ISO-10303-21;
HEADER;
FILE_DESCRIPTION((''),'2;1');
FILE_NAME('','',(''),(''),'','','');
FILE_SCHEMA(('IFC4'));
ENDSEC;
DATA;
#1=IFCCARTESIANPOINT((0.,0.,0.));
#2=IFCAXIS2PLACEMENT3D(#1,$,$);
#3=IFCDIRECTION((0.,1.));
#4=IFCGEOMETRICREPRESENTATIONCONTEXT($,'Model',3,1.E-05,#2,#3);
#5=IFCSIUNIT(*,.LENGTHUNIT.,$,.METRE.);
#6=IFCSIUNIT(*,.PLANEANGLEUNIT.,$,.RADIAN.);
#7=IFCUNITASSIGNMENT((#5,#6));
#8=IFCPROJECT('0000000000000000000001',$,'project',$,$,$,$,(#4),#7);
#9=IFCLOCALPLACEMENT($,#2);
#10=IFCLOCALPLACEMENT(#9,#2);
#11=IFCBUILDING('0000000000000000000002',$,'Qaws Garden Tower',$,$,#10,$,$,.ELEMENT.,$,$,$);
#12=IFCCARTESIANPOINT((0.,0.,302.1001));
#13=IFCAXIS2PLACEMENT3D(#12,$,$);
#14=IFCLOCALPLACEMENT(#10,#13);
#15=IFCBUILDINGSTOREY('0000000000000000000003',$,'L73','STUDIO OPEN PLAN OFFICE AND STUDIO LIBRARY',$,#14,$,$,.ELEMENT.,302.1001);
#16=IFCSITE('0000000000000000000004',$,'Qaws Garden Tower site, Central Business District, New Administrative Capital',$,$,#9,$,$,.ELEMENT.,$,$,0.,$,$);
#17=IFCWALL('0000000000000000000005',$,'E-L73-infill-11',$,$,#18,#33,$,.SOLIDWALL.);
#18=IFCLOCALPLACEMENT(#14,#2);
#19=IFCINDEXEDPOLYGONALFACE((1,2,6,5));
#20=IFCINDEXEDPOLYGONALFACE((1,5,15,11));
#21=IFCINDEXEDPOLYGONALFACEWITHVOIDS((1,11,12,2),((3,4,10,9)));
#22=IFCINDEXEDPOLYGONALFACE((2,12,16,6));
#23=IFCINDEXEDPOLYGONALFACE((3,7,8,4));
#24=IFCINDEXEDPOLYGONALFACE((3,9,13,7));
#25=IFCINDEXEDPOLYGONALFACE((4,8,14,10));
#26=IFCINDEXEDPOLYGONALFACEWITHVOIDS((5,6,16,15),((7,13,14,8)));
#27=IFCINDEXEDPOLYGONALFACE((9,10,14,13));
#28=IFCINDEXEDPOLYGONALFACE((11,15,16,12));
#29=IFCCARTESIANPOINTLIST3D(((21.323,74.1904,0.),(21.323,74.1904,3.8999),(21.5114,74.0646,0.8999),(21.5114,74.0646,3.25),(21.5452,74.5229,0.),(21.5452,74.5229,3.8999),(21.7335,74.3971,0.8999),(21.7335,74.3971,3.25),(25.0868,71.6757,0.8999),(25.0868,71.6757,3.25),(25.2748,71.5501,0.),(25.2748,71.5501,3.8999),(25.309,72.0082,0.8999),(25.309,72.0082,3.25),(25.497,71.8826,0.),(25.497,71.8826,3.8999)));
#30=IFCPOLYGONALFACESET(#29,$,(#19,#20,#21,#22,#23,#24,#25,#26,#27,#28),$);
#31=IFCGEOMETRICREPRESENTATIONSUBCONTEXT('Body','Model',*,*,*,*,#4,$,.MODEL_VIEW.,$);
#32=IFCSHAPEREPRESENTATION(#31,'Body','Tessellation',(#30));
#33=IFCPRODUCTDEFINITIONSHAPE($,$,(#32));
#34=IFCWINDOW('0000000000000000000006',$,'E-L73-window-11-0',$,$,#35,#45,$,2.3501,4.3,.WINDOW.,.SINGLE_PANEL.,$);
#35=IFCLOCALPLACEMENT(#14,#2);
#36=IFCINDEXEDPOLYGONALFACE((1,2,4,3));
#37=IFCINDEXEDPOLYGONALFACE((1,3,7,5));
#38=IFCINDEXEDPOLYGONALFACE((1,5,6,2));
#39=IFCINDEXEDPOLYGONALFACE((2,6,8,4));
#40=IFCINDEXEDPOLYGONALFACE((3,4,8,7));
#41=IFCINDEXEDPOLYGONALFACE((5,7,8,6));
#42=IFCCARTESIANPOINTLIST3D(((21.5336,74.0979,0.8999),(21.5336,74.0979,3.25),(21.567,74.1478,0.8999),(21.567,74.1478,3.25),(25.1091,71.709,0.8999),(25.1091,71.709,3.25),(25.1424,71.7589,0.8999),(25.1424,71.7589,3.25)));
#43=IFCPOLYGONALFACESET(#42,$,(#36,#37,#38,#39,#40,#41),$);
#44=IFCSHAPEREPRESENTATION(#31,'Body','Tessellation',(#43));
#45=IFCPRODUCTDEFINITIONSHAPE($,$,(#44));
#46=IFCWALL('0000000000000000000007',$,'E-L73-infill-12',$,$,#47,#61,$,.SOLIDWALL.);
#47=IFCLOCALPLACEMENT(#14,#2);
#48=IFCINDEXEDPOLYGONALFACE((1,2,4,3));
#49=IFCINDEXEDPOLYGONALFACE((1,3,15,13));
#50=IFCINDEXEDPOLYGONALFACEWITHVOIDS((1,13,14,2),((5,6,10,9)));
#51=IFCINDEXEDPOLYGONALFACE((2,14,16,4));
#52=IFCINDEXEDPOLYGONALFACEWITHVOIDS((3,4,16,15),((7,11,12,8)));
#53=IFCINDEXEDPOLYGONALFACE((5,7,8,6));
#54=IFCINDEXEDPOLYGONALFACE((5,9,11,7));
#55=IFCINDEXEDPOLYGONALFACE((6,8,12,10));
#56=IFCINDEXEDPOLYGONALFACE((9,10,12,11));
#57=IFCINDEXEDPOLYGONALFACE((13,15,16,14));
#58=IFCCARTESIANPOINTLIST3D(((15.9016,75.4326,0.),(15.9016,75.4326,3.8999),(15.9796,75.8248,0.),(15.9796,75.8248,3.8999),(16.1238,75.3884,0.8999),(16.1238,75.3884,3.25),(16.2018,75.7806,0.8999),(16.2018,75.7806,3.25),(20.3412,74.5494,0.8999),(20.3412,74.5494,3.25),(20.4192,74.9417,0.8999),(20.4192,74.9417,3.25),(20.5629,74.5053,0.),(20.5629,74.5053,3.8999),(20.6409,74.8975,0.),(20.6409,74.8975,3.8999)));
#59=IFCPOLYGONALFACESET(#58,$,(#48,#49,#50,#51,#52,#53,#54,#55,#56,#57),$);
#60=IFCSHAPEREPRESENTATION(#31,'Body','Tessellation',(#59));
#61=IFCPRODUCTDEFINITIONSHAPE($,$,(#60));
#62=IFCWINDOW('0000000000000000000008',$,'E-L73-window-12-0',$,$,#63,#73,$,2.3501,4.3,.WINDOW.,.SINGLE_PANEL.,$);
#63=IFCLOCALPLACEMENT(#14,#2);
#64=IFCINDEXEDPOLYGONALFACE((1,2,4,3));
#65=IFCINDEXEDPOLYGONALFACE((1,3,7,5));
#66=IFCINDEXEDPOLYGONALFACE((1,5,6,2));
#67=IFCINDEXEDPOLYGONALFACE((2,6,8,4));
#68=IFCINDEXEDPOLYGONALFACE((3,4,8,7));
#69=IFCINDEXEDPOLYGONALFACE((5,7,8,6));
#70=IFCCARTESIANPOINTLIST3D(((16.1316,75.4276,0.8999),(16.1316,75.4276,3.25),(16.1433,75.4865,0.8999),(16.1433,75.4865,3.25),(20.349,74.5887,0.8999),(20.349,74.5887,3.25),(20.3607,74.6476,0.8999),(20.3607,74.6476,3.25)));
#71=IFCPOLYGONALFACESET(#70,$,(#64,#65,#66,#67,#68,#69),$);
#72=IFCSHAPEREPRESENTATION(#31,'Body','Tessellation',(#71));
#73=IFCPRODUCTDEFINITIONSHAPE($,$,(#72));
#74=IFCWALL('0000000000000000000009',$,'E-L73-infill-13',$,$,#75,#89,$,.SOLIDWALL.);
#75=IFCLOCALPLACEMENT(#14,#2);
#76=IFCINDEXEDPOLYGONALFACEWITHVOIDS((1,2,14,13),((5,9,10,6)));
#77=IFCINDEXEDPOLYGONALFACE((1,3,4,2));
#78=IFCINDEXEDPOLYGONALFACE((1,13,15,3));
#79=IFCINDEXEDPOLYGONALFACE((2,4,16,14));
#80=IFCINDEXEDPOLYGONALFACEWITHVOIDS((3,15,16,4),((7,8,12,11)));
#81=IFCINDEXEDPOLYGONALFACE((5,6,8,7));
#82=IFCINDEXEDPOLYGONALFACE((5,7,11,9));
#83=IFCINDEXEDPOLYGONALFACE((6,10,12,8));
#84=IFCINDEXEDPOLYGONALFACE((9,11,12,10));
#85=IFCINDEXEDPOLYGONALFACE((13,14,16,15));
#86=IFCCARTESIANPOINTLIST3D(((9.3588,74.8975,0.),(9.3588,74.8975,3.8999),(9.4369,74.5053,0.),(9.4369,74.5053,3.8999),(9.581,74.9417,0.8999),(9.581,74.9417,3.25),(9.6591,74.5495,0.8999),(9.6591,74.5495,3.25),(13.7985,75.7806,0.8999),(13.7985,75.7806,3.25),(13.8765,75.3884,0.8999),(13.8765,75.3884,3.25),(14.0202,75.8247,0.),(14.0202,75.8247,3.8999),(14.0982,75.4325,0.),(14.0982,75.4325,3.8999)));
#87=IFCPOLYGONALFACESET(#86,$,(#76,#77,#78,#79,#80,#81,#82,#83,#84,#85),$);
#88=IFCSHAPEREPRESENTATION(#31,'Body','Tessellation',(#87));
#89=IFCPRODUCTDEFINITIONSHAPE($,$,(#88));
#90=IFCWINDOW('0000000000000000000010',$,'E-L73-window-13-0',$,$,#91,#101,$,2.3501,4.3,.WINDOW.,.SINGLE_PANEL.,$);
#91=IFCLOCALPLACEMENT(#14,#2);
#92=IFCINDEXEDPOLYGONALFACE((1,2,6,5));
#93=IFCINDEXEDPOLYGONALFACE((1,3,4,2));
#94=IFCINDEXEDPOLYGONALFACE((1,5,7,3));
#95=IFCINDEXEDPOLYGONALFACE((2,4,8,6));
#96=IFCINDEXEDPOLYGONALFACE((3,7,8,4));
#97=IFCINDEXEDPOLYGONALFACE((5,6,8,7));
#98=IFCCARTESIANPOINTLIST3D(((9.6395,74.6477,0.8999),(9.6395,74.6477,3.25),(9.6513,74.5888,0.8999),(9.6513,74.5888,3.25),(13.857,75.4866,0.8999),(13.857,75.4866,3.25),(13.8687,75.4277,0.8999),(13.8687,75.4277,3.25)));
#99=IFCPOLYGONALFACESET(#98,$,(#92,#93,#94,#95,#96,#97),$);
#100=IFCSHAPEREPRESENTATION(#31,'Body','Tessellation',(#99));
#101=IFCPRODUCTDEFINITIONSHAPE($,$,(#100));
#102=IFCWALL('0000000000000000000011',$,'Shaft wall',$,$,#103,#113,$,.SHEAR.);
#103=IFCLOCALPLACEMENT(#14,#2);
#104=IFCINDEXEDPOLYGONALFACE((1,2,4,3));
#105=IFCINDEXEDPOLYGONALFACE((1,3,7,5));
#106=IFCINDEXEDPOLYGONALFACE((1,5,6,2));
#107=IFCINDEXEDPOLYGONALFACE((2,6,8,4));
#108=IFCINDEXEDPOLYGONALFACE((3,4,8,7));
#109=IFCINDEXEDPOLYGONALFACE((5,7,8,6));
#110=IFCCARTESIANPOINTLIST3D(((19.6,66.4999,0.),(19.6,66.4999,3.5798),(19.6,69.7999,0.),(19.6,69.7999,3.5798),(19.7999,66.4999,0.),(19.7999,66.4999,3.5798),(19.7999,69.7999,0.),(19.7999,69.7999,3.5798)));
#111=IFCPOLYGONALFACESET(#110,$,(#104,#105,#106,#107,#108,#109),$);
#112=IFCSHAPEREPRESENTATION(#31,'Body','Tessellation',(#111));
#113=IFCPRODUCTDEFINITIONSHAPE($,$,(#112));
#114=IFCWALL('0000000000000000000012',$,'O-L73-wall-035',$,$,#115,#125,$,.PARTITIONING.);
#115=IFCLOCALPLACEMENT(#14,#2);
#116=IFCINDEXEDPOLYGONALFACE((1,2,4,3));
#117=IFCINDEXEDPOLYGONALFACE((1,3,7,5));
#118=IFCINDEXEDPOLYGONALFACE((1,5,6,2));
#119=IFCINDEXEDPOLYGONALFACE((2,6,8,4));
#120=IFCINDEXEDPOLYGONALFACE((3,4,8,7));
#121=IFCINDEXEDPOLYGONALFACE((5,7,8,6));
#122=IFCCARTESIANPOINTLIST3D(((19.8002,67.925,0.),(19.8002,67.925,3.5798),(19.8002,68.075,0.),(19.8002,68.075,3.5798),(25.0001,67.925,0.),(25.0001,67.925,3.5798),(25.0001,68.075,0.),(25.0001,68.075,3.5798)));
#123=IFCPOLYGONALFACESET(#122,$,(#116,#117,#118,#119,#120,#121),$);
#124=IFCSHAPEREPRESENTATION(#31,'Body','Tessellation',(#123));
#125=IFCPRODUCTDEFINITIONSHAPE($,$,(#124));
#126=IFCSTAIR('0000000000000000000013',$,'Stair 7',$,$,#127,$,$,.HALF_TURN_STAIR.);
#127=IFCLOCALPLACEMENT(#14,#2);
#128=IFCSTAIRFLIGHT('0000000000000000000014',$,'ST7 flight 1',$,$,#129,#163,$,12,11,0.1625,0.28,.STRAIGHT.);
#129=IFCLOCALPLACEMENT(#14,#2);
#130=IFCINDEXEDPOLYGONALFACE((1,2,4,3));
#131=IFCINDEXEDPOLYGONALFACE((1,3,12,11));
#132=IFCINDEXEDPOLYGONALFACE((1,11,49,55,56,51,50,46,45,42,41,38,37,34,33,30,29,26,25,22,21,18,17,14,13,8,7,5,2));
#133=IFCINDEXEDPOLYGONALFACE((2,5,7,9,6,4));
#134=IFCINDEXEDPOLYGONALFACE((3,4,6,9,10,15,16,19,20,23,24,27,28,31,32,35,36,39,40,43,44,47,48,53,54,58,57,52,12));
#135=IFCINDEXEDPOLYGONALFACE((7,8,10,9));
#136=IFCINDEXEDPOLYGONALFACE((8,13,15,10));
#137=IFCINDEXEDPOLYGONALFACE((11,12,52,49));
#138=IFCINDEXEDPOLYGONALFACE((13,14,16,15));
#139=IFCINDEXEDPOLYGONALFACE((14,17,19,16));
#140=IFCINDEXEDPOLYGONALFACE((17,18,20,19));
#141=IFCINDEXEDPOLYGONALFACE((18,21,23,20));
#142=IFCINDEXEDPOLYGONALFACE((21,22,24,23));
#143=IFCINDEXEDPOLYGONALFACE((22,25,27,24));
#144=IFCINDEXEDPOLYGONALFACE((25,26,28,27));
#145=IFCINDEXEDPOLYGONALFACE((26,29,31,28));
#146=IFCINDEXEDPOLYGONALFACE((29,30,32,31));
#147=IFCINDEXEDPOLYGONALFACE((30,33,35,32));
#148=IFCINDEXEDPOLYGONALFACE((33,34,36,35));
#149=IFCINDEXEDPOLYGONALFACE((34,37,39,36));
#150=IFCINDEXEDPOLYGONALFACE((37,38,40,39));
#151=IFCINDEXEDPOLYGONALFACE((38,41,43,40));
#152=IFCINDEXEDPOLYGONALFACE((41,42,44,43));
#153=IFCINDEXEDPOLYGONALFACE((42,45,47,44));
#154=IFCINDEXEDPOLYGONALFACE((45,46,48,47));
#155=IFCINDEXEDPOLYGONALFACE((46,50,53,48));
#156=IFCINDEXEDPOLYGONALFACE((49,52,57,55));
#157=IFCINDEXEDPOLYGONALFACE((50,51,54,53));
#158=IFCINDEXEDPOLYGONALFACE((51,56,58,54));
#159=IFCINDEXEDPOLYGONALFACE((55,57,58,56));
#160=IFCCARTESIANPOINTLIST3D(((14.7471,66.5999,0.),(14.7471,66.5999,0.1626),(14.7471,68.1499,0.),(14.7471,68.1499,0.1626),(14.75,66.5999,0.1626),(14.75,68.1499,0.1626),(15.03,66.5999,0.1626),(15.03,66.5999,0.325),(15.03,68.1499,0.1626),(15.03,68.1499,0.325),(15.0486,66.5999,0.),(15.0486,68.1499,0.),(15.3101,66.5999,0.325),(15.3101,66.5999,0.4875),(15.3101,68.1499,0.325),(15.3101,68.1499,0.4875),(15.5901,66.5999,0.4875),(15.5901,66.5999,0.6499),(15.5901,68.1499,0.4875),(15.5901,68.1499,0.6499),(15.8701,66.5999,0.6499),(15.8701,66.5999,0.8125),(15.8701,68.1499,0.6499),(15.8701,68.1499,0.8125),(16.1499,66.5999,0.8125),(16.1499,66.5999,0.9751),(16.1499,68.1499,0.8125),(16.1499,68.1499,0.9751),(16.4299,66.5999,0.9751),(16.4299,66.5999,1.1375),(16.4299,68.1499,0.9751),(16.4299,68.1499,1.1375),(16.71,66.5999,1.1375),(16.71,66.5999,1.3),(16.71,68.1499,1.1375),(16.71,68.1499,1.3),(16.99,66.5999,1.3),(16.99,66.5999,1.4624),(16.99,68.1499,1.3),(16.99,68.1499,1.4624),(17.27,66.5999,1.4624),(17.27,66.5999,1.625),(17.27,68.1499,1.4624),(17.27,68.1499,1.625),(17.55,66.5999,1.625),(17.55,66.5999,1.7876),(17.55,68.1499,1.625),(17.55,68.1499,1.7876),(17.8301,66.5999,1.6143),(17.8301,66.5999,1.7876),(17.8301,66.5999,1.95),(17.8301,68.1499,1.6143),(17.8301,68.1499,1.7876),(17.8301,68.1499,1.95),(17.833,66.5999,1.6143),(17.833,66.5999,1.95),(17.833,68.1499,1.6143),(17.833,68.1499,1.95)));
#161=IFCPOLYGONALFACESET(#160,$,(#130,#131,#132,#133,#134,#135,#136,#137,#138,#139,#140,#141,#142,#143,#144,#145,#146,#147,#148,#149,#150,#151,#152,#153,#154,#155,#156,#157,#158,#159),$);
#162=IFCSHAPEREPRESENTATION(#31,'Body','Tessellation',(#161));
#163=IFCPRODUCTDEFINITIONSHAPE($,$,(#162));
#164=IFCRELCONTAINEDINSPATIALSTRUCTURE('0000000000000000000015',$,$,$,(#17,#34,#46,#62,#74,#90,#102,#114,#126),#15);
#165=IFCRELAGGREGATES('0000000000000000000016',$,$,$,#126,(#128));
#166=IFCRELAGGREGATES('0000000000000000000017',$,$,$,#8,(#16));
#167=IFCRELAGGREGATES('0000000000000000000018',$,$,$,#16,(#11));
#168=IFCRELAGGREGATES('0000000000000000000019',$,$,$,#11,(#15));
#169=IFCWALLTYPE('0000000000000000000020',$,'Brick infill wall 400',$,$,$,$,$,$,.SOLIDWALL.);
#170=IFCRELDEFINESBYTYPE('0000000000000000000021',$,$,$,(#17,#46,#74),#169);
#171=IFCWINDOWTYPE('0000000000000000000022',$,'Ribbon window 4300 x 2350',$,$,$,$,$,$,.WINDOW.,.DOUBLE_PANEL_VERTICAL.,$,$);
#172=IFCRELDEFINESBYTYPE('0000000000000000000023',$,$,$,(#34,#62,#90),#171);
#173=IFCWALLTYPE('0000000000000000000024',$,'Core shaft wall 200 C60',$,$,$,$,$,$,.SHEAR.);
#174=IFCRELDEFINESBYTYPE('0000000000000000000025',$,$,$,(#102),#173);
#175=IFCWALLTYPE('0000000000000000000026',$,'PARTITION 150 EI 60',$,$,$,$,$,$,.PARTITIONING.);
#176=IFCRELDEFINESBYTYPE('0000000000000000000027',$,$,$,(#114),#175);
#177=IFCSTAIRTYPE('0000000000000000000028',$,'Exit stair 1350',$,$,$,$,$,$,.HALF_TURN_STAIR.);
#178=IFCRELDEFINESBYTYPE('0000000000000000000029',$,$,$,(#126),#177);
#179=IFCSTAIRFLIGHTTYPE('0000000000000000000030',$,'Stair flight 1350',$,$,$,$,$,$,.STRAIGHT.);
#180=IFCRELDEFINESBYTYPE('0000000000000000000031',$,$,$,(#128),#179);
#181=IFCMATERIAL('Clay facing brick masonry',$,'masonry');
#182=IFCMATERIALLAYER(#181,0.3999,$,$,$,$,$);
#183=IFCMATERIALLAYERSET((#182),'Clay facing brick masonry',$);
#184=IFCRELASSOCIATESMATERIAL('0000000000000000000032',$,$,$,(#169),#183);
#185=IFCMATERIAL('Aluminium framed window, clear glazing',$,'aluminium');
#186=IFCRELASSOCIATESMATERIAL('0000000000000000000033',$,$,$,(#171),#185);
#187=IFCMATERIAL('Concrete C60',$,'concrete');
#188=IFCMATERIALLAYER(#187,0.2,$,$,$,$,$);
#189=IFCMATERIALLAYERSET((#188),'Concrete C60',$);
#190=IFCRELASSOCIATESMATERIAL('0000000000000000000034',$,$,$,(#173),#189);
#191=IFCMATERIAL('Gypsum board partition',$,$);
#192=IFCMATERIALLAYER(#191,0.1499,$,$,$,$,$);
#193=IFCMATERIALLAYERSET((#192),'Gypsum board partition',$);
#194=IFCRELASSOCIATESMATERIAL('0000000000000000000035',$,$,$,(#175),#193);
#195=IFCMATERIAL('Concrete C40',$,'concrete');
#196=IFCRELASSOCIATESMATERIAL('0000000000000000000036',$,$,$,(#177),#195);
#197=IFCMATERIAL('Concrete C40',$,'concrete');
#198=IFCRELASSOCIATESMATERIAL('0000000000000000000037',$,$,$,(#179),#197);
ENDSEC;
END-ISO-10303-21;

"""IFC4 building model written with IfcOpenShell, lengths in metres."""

from ifc_helpers import new_model, si_unit, direction, frame, frame_2d, origin, place, context, subcontext, project, spatial, polyline, rectangle, outline, extrude, material, layer, layer_set, type_object, element, fill, aggregate, save


model = new_model("IFC4")

# Units and contexts
model_context = context("Model", 3, precision=1e-05, world=origin(), true_north=direction((0.0, 1.0)))
body_context = subcontext(model_context, "Body", "Model", "MODEL_VIEW")
ifc_project = project(units=[si_unit("LENGTHUNIT", "METRE"), si_unit("PLANEANGLEUNIT", "RADIAN")], contexts=[model_context])

# Site, building, storey
site_placement = place(None, origin())
site = spatial("IfcSite", under=ifc_project, at=site_placement, Name="Qaws Garden Tower site, Central Business District, New Administrative Capital", CompositionType="ELEMENT", RefElevation=0.0)
building_placement = place(site_placement, origin())
building = spatial("IfcBuilding", under=site, at=building_placement, Name="Qaws Garden Tower", CompositionType="ELEMENT")
storey_placement = place(building_placement, frame((0.0, 0.0, 302.1001)))
storey = spatial("IfcBuildingStorey", under=building, at=storey_placement, Name="L73", Description="STUDIO OPEN PLAN OFFICE AND STUDIO LIBRARY", CompositionType="ELEMENT", Elevation=302.1001)

# Walls, openings, windows
ifc_material_1 = material(Name="Clay facing brick masonry", Category="masonry")
ifc_layer_1 = layer(ifc_material_1, 0.3999)
ifc_layer_set_1 = layer_set([ifc_layer_1], Name="Clay facing brick masonry")
wall_type_1 = type_object("IfcWallType", Name="Brick infill wall 400", PredefinedType="SOLIDWALL", material=ifc_layer_set_1)
ifc_material_2 = material(Name="Aluminium framed window, clear glazing", Category="aluminium")
window_type = type_object("IfcWindowType", Name="Ribbon window 4300 x 2350", PartitioningType="DOUBLE_PANEL_VERTICAL", PredefinedType="WINDOW", material=ifc_material_2)
wall_1_placement = place(storey_placement, frame((25.386, 71.7163, 0.0), z_axis=(0.0, 0.0, 1.0), x_axis=(-0.831489, 0.555542, 0.0)))
wall_1 = element("IfcWall", 1, at=wall_1_placement, inside=storey, type_object=wall_type_1, Name="E-L73-infill-11", PredefinedType="SOLIDWALL", context=body_context, shape_type="SweptSolid", body=[
    extrude(rectangle(XDim=4.7527, YDim=0.3999, at=frame_2d((2.3765, 0.0))), origin(), (0.0, 0.0, 1.0), 3.8999),
])
opening_1_placement = place(wall_1_placement, frame((0.2263, 0.0, 0.8999)))
opening_1 = element("IfcOpeningElement", 2, at=opening_1_placement, cuts=wall_1, PredefinedType="OPENING", context=body_context, shape_type="SweptSolid", body=[
    extrude(rectangle(XDim=4.3, YDim=2.3501, at=frame_2d((2.1499, 1.175))), frame((0.0, 0.21, 0.0), z_axis=(0.0, -1.0, 0.0), x_axis=(1.0, 0.0, 0.0)), (0.0, 0.0, 1.0), 0.4199),
])
window_1_placement = place(opening_1_placement, origin())
window_1 = element("IfcWindow", 3, at=window_1_placement, inside=storey, type_object=window_type, Name="E-L73-window-11-0", OverallHeight=2.3501, OverallWidth=4.3, PartitioningType="SINGLE_PANEL", PredefinedType="WINDOW", context=body_context, shape_type="SweptSolid", body=[
    extrude(rectangle(XDim=4.3, YDim=2.3501, at=frame_2d((2.1499, 1.175))), frame((0.0, 0.1599, 0.0), z_axis=(0.0, -1.0, 0.0), x_axis=(1.0, 0.0, 0.0)), (0.0, 0.0, 1.0), 0.0601),
])
fill(opening_1, window_1)
wall_2_placement = place(storey_placement, frame((20.6021, 74.7014, 0.0), z_axis=(0.0, 0.0, 1.0), x_axis=(-0.980784, 0.195099, 0.0)))
wall_2 = element("IfcWall", 4, at=wall_2_placement, inside=storey, type_object=wall_type_1, Name="E-L73-infill-12", PredefinedType="SOLIDWALL", context=body_context, shape_type="SweptSolid", body=[
    extrude(rectangle(XDim=4.7527, YDim=0.3999, at=frame_2d((2.3765, 0.0))), origin(), (0.0, 0.0, 1.0), 3.8999),
])
opening_2_placement = place(wall_2_placement, frame((0.2263, 0.0, 0.8999)))
opening_2 = element("IfcOpeningElement", 5, at=opening_2_placement, cuts=wall_2, PredefinedType="OPENING", context=body_context, shape_type="SweptSolid", body=[
    extrude(rectangle(XDim=4.3, YDim=2.3501, at=frame_2d((2.1499, 1.175))), frame((0.0, 0.21, 0.0), z_axis=(0.0, -1.0, 0.0), x_axis=(1.0, 0.0, 0.0)), (0.0, 0.0, 1.0), 0.4199),
])
window_2_placement = place(opening_2_placement, origin())
window_2 = element("IfcWindow", 6, at=window_2_placement, inside=storey, type_object=window_type, Name="E-L73-window-12-0", OverallHeight=2.3501, OverallWidth=4.3, PartitioningType="SINGLE_PANEL", PredefinedType="WINDOW", context=body_context, shape_type="SweptSolid", body=[
    extrude(rectangle(XDim=4.3, YDim=2.3501, at=frame_2d((2.1499, 1.175))), frame((0.0, 0.1599, 0.0), z_axis=(0.0, -1.0, 0.0), x_axis=(1.0, 0.0, 0.0)), (0.0, 0.0, 1.0), 0.0601),
])
fill(opening_2, window_2)
wall_3_placement = place(storey_placement, frame((14.0593, 75.6287, 0.0), z_axis=(0.0, 0.0, 1.0), x_axis=(-0.980784, -0.195099, 0.0)))
wall_3 = element("IfcWall", 7, at=wall_3_placement, inside=storey, type_object=wall_type_1, Name="E-L73-infill-13", PredefinedType="SOLIDWALL", context=body_context, shape_type="SweptSolid", body=[
    extrude(rectangle(XDim=4.7527, YDim=0.3999, at=frame_2d((2.3765, 0.0))), origin(), (0.0, 0.0, 1.0), 3.8999),
])
opening_3_placement = place(wall_3_placement, frame((0.2263, 0.0, 0.8999)))
opening_3 = element("IfcOpeningElement", 8, at=opening_3_placement, cuts=wall_3, PredefinedType="OPENING", context=body_context, shape_type="SweptSolid", body=[
    extrude(rectangle(XDim=4.3, YDim=2.3501, at=frame_2d((2.1499, 1.175))), frame((0.0, 0.21, 0.0), z_axis=(0.0, -1.0, 0.0), x_axis=(1.0, 0.0, 0.0)), (0.0, 0.0, 1.0), 0.4199),
])
window_3_placement = place(opening_3_placement, origin())
window_3 = element("IfcWindow", 9, at=window_3_placement, inside=storey, type_object=window_type, Name="E-L73-window-13-0", OverallHeight=2.3501, OverallWidth=4.3, PartitioningType="SINGLE_PANEL", PredefinedType="WINDOW", context=body_context, shape_type="SweptSolid", body=[
    extrude(rectangle(XDim=4.3, YDim=2.3501, at=frame_2d((2.1499, 1.175))), frame((0.0, 0.1599, 0.0), z_axis=(0.0, -1.0, 0.0), x_axis=(1.0, 0.0, 0.0)), (0.0, 0.0, 1.0), 0.0601),
])
fill(opening_3, window_3)

# Walls
ifc_material_3 = material(Name="Concrete C60", Category="concrete")
ifc_layer_2 = layer(ifc_material_3, 0.2)
ifc_layer_set_2 = layer_set([ifc_layer_2], Name="Concrete C60")
wall_type_2 = type_object("IfcWallType", Name="Core shaft wall 200 C60", PredefinedType="SHEAR", material=ifc_layer_set_2)
wall_4_placement = place(storey_placement, frame((19.7, 66.5, 0.0), z_axis=(0.0, 0.0, 1.0), x_axis=(0.0, 1.0, 0.0)))
element("IfcWall", 10, at=wall_4_placement, inside=storey, type_object=wall_type_2, Name="Shaft wall", PredefinedType="SHEAR", context=body_context, shape_type="SweptSolid", body=[
    extrude(rectangle(XDim=3.3, YDim=0.2, at=frame_2d((1.6499, 0.0))), origin(), (0.0, 0.0, 1.0), 3.5798),
])
ifc_material_4 = material(Name="Gypsum board partition")
ifc_layer_3 = layer(ifc_material_4, 0.1499)
ifc_layer_set_3 = layer_set([ifc_layer_3], Name="Gypsum board partition")
wall_type_3 = type_object("IfcWallType", Name="PARTITION 150 EI 60", PredefinedType="PARTITIONING", material=ifc_layer_set_3)
wall_5_placement = place(storey_placement, frame((19.8, 68.0, 0.0), z_axis=(0.0, 0.0, 1.0), x_axis=(1.0, 0.0, 0.0)))
element("IfcWall", 11, at=wall_5_placement, inside=storey, type_object=wall_type_3, Name="O-L73-wall-035", PredefinedType="PARTITIONING", context=body_context, shape_type="SweptSolid", body=[
    extrude(rectangle(XDim=5.2, YDim=0.1499, at=frame_2d((2.6001, 0.0))), origin(), (0.0, 0.0, 1.0), 3.5798),
])

# Stair, stair flight
ifc_material_5 = material(Name="Concrete C40", Category="concrete")
stair_type = type_object("IfcStairType", Name="Exit stair 1350", PredefinedType="HALF_TURN_STAIR", material=ifc_material_5)
stair_placement = place(storey_placement, origin())
stair = element("IfcStair", 12, at=stair_placement, inside=storey, type_object=stair_type, Name="Stair 7", PredefinedType="HALF_TURN_STAIR")
ifc_material_6 = material(Name="Concrete C40", Category="concrete")
stair_flight_type = type_object("IfcStairFlightType", Name="Stair flight 1350", PredefinedType="STRAIGHT", material=ifc_material_6)
stair_flight_1_placement = place(storey_placement, frame((14.75, 67.375, 0.0), z_axis=(0.0, 0.0, 1.0), x_axis=(1.0, 0.0, 0.0)))
stair_flight_1 = element("IfcStairFlight", 13, at=stair_flight_1_placement, type_object=stair_flight_type, Name="ST7 flight 1", NumberOfRisers=12, NumberOfTreads=11, PredefinedType="STRAIGHT", RiserHeight=0.1625, TreadLength=0.28, context=body_context, shape_type="SweptSolid", body=[
    extrude(outline(polyline([(-0.0029, 0.0), (-0.0029, 0.1626), (0.0, 0.1626), (0.28, 0.1626), (0.28, 0.325), (0.5601, 0.325), (0.5601, 0.4875), (0.8401, 0.4875), (0.8401, 0.6499), (1.1201, 0.6499), (1.1201, 0.8125), (1.3999, 0.8125), (1.3999, 0.9751), (1.6799, 0.9751), (1.6799, 1.1375), (1.96, 1.1375), (1.96, 1.3), (2.24, 1.3), (2.24, 1.4624), (2.52, 1.4624), (2.52, 1.625), (2.8, 1.625), (2.8, 1.7876), (3.0801, 1.7876), (3.0801, 1.95), (3.083, 1.95), (3.083, 1.6143), (3.0801, 1.6143), (0.2986, 0.0), (-0.0029, 0.0)])), frame((0.0, 0.7749, 0.0), z_axis=(0.0, -1.0, 0.0), x_axis=(1.0, 0.0, 0.0)), (0.0, 0.0, 1.0), 1.55),
])
aggregate(stair, [stair_flight_1])

save(model, "model.ifc")
